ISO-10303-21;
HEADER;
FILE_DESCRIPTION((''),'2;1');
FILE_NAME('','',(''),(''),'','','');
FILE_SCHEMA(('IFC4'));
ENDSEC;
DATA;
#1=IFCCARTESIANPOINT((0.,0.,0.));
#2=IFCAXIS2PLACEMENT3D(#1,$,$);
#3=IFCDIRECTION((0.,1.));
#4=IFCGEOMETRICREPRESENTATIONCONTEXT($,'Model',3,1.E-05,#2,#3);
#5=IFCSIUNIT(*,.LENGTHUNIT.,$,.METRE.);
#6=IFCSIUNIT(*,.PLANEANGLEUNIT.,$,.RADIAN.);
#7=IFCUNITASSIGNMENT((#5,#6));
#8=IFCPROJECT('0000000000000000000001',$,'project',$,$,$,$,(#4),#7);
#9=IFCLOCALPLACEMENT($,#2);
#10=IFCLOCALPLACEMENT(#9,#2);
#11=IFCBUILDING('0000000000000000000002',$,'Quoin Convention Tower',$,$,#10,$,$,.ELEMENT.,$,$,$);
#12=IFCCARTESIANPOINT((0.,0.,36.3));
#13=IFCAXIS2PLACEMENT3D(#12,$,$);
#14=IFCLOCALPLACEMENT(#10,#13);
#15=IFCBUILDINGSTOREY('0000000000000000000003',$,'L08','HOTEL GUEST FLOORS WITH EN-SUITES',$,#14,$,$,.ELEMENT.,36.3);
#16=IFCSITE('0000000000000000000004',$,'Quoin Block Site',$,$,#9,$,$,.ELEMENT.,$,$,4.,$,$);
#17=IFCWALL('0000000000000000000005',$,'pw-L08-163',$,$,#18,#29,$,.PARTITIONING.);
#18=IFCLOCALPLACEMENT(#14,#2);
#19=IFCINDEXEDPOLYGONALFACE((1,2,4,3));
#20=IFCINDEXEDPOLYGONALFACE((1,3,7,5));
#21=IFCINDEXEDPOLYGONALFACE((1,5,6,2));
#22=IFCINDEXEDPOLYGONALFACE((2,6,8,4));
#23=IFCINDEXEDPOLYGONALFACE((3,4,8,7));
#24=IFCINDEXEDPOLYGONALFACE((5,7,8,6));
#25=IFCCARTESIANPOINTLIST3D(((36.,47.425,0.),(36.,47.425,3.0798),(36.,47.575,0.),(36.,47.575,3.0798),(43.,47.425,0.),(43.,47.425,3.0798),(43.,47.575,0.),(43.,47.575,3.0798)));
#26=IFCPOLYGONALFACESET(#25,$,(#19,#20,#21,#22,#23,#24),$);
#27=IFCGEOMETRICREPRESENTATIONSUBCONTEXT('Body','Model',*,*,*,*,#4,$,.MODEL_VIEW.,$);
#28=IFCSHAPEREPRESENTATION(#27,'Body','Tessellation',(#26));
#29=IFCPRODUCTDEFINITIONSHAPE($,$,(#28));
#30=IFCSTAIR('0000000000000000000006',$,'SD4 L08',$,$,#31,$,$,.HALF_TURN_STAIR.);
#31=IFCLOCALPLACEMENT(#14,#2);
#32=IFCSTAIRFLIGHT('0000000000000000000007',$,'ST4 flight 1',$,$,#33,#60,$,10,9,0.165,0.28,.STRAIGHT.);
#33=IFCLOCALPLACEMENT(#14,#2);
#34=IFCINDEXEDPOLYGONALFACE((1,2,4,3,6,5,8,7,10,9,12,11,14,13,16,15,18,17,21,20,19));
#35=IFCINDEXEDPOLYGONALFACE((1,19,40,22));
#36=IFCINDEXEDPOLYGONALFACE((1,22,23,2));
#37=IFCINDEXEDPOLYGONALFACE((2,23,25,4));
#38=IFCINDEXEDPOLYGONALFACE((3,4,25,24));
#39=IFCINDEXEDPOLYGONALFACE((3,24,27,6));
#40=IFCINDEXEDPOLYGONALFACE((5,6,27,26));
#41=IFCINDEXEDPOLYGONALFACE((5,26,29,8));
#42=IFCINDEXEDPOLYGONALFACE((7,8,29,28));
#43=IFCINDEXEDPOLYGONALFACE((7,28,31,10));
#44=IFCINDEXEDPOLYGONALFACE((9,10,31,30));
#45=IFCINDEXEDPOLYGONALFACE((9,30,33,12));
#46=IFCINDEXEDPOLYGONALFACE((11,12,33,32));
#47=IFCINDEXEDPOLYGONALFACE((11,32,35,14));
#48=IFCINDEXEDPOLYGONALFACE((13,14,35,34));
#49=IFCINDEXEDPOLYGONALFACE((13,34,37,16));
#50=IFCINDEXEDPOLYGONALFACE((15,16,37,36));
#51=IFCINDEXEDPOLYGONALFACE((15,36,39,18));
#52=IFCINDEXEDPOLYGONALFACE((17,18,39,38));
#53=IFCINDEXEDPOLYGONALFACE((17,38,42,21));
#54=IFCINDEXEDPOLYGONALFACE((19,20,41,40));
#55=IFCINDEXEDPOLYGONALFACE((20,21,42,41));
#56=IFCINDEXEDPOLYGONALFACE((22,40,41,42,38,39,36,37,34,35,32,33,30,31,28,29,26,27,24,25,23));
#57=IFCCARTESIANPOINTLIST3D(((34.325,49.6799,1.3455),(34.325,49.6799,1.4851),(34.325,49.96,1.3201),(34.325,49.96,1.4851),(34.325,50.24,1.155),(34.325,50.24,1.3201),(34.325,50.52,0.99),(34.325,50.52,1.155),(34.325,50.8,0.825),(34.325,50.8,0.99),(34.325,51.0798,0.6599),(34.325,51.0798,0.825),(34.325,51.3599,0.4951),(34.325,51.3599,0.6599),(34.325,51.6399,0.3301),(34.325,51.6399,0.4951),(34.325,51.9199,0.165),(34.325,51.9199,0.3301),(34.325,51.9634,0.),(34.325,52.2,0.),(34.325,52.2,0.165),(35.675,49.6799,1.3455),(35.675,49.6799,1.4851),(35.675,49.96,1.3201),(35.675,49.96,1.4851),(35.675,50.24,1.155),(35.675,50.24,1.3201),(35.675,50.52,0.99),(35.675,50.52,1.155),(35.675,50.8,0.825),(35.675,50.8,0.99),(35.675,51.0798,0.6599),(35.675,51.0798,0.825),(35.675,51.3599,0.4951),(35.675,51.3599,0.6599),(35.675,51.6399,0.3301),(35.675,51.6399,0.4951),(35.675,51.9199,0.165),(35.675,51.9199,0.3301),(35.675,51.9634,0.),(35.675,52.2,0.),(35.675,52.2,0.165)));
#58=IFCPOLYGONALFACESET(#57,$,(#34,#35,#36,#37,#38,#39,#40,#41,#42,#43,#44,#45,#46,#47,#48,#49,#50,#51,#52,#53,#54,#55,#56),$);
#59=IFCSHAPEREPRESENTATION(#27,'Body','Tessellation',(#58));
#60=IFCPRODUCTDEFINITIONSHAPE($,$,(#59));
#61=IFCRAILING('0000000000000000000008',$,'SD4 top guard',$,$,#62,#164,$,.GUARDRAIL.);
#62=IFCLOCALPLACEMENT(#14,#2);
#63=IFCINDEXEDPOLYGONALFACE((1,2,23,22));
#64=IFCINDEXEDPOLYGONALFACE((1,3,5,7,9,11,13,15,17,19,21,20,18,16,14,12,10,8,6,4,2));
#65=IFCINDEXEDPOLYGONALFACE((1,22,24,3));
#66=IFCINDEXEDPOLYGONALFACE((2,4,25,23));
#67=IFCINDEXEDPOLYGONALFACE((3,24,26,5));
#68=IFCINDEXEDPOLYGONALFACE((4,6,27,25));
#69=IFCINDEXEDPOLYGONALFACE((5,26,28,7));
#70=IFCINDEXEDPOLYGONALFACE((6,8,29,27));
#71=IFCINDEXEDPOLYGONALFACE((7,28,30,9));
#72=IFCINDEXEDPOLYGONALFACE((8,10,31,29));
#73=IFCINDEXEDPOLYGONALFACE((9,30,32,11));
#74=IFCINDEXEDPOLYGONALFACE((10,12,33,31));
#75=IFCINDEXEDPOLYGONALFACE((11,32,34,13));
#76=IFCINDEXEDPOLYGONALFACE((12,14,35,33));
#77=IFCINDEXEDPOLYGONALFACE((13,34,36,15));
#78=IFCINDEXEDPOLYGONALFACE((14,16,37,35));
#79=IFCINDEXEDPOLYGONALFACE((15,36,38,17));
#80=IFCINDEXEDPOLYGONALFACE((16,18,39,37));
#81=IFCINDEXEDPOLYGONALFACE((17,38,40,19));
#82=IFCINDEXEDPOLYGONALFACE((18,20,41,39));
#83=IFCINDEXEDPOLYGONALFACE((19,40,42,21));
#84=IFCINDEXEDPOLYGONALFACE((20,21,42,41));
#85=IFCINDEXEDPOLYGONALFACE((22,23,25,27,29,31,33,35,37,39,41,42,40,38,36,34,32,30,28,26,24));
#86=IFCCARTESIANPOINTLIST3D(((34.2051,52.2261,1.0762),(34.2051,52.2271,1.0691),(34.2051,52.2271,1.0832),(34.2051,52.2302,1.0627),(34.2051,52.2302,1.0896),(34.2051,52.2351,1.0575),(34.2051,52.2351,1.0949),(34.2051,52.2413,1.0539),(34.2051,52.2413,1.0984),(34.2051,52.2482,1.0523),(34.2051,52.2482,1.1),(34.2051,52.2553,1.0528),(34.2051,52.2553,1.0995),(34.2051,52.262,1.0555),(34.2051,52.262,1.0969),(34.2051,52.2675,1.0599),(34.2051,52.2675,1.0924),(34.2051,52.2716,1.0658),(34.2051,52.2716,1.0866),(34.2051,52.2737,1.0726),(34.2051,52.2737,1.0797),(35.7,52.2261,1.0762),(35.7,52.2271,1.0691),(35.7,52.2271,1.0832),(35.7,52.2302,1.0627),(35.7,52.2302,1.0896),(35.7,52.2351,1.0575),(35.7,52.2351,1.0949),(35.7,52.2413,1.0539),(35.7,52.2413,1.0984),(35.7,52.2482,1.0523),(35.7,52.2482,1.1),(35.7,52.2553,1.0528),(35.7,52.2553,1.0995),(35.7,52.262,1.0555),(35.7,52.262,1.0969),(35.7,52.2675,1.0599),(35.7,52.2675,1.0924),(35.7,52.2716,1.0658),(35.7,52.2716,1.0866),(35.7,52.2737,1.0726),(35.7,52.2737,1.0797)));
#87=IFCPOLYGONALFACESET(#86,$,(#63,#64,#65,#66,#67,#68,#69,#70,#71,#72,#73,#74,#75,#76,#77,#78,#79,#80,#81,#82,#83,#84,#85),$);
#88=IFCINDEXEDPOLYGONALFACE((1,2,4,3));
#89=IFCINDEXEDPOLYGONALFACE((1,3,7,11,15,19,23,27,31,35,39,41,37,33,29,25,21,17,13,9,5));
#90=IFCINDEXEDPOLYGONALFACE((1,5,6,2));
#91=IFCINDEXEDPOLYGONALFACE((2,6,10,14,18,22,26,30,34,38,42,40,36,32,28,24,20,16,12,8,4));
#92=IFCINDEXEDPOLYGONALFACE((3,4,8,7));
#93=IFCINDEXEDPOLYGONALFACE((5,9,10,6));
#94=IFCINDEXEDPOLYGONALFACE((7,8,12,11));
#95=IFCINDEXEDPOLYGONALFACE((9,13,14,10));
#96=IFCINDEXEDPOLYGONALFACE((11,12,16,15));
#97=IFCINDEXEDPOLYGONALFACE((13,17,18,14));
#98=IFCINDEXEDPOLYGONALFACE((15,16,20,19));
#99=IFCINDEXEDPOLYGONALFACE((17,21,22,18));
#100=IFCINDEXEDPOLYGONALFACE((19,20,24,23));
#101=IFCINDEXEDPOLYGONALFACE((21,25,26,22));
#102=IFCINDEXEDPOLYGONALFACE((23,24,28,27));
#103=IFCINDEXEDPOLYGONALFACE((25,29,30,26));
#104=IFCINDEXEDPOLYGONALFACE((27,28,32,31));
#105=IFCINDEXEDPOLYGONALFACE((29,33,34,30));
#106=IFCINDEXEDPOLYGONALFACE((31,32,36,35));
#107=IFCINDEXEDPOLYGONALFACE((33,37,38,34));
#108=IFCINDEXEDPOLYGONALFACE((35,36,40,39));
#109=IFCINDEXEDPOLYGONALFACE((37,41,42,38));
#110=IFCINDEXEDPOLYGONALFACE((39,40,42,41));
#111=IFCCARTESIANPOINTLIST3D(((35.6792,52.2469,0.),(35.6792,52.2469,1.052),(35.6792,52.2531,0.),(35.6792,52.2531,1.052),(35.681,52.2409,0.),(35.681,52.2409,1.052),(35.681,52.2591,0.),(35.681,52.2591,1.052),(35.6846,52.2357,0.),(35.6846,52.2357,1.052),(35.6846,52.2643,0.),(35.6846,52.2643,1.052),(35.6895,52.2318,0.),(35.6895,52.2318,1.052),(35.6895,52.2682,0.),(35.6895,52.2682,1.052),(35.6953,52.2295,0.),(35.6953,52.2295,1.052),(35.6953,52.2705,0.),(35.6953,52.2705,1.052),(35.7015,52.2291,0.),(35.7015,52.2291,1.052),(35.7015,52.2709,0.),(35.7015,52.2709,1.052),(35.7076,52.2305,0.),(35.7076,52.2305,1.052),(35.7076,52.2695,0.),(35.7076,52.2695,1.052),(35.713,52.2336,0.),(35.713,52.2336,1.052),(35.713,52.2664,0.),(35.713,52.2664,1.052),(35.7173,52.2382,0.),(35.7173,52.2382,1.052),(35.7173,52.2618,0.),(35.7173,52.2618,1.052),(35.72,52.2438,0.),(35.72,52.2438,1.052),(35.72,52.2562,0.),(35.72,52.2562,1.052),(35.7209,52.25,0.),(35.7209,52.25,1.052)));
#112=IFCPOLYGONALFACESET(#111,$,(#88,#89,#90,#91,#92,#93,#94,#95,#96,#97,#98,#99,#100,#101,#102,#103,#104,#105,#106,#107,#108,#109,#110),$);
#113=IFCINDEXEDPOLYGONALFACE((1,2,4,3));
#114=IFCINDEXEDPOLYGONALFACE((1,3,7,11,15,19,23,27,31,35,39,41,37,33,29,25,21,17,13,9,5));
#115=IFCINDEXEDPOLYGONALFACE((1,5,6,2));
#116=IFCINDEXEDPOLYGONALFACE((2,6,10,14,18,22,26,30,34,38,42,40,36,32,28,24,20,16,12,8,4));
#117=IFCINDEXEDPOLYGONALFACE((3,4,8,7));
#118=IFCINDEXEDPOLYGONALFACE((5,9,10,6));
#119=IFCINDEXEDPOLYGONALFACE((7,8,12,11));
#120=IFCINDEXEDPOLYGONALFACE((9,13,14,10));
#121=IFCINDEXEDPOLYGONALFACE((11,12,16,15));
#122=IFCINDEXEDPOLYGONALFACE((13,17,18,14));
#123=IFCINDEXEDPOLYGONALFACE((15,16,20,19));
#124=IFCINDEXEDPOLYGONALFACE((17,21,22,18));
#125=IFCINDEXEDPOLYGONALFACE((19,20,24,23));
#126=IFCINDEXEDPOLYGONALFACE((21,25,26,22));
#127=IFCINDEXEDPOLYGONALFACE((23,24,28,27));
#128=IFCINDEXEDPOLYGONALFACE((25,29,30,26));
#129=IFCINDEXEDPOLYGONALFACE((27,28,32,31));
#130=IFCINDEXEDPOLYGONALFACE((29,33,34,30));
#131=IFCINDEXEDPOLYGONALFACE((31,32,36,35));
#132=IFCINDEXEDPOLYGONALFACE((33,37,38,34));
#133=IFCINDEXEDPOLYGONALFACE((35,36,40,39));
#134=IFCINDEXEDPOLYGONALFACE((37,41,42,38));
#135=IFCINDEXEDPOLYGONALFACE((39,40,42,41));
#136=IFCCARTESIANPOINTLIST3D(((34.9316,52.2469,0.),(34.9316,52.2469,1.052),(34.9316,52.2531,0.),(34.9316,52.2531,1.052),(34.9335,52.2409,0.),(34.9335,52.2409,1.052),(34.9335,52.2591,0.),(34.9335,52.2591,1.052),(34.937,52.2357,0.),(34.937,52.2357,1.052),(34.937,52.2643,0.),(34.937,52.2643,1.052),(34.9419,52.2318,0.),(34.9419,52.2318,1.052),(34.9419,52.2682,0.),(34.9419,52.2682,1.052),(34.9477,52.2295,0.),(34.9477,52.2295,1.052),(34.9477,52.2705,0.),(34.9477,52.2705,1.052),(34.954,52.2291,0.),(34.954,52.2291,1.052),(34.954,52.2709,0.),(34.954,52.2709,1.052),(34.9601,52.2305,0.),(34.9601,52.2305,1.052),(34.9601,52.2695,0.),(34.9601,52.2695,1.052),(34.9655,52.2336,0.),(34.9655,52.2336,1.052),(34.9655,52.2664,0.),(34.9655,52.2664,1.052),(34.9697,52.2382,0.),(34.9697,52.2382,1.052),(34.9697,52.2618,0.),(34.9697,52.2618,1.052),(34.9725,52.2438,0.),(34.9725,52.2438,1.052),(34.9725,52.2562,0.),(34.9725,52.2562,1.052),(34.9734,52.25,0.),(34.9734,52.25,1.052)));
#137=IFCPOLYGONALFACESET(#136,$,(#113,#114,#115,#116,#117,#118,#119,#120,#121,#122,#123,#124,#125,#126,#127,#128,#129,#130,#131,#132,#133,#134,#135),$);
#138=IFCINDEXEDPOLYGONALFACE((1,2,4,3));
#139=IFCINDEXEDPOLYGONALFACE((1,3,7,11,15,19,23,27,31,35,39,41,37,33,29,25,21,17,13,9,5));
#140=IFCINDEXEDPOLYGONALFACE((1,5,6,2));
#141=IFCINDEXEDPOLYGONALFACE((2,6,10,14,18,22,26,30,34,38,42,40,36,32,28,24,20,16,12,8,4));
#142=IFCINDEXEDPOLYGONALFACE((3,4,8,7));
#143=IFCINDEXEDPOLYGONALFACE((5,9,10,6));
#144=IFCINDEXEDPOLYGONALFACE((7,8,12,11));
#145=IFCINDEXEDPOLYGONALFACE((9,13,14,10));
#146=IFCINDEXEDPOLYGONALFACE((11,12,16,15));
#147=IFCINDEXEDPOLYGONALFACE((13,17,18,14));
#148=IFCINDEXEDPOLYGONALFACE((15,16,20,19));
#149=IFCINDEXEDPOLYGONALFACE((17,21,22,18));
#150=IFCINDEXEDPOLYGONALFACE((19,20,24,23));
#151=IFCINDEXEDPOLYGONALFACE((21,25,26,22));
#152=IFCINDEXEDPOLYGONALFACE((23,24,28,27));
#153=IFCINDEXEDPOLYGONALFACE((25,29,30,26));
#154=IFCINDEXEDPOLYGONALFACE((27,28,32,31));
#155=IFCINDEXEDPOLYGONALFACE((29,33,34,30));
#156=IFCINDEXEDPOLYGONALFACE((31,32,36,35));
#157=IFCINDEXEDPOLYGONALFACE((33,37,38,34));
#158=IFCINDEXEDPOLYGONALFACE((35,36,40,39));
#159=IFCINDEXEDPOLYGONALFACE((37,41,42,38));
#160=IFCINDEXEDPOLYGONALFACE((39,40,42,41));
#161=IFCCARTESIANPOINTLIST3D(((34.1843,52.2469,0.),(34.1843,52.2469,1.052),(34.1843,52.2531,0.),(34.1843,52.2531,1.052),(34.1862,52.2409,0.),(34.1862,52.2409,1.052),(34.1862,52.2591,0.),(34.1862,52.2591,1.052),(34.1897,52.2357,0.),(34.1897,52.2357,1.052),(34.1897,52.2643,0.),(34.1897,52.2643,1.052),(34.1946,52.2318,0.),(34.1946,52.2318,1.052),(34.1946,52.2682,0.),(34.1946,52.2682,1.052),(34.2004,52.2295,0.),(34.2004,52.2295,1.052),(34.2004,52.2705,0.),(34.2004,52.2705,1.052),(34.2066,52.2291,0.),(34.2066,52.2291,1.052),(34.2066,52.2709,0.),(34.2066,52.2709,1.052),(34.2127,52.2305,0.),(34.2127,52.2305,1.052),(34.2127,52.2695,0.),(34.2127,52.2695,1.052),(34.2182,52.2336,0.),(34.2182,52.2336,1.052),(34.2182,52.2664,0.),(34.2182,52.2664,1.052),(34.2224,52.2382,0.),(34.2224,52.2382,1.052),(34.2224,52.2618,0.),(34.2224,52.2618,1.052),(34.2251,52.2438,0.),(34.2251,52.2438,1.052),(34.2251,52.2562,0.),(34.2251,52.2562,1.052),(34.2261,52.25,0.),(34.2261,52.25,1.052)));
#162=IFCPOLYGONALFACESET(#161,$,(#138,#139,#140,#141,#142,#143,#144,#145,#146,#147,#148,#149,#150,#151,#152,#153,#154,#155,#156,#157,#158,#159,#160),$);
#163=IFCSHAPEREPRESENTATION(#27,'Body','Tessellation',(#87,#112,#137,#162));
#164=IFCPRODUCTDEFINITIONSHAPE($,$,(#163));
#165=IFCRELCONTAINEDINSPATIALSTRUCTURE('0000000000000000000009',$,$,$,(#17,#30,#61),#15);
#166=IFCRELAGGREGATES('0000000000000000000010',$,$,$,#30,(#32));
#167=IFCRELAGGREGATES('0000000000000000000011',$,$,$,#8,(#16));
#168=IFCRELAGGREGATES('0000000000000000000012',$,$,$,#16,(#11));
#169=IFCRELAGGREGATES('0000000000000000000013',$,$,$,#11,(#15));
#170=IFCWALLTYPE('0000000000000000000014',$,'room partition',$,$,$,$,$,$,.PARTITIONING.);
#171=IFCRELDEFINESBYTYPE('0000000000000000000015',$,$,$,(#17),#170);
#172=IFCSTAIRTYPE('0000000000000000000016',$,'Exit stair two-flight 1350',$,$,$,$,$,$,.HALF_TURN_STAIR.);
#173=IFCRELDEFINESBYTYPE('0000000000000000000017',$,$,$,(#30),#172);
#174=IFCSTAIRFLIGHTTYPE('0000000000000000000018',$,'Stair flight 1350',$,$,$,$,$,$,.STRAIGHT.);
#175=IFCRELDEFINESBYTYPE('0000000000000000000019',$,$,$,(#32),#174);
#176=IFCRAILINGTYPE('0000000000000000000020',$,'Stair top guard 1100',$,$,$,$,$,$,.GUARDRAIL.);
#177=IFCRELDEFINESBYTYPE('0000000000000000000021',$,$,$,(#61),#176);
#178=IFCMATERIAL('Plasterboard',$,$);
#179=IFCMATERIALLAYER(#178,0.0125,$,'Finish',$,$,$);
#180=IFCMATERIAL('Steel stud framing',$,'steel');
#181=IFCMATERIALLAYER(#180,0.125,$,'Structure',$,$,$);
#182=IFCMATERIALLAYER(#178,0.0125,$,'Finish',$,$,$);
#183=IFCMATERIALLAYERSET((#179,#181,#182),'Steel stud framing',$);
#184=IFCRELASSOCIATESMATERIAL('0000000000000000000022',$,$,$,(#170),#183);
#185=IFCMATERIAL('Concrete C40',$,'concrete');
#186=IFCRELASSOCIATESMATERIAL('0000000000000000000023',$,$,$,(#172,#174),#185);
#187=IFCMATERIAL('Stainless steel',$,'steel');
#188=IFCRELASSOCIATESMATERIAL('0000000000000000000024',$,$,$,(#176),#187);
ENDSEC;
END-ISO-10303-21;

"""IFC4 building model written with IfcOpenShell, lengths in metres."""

from ifc_helpers import new_model, si_unit, direction, frame, frame_2d, origin, origin_2d, place, context, subcontext, project, spatial, polyline, rectangle, circle, outline, extrude, material, layer, layer_set, type_object, element, aggregate, save


model = new_model("IFC4")

# Units and contexts
model_context = context("Model", 3, precision=1e-05, world=origin(), true_north=direction((0.0, 1.0)))
body_context = subcontext(model_context, "Body", "Model", "MODEL_VIEW")
ifc_project = project(units=[si_unit("LENGTHUNIT", "METRE"), si_unit("PLANEANGLEUNIT", "RADIAN")], contexts=[model_context])

# Site, building, storey
site_placement = place(None, origin())
site = spatial("IfcSite", under=ifc_project, at=site_placement, Name="Quoin Block Site", CompositionType="ELEMENT", RefElevation=4.0)
building_placement = place(site_placement, origin())
building = spatial("IfcBuilding", under=site, at=building_placement, Name="Quoin Convention Tower", CompositionType="ELEMENT")
storey_placement = place(building_placement, frame((0.0, 0.0, 36.3)))
storey = spatial("IfcBuildingStorey", under=building, at=storey_placement, Name="L08", Description="HOTEL GUEST FLOORS WITH EN-SUITES", CompositionType="ELEMENT", Elevation=36.3)

# Shared definitions
ifc_material_1 = material(Name="Plasterboard")
ifc_material_2 = material(Name="Steel stud framing", Category="steel")

# Wall
ifc_layer_1 = layer(ifc_material_1, 0.0125, Name="Finish")
ifc_layer_2 = layer(ifc_material_2, 0.125, Name="Structure")
ifc_layer_3 = layer(ifc_material_1, 0.0125, Name="Finish")
ifc_layer_set_1 = layer_set([ifc_layer_1, ifc_layer_2, ifc_layer_3], Name="Steel stud framing")
wall_type_1 = type_object("IfcWallType", Name="room partition", PredefinedType="PARTITIONING", material=ifc_layer_set_1)
wall_1_placement = place(storey_placement, frame((36.0, 47.5, 0.0), z_axis=(0.0, 0.0, 1.0), x_axis=(1.0, 0.0, 0.0)))
element("IfcWall", 1, at=wall_1_placement, inside=storey, type_object=wall_type_1, Name="pw-L08-163", PredefinedType="PARTITIONING", context=body_context, shape_type="SweptSolid", body=[
    extrude(rectangle(XDim=7.0, YDim=0.1499, at=frame_2d((3.5, 0.0))), origin(), (0.0, 0.0, 1.0), 3.0798),
])

# Stair, stair flight
ifc_material_3 = material(Name="Concrete C40", Category="concrete")
stair_type = type_object("IfcStairType", Name="Exit stair two-flight 1350", PredefinedType="HALF_TURN_STAIR", material=ifc_material_3)
stair_placement = place(storey_placement, origin())
stair = element("IfcStair", 2, at=stair_placement, inside=storey, type_object=stair_type, Name="SD4 L08", PredefinedType="HALF_TURN_STAIR")
stair_flight_type = type_object("IfcStairFlightType", Name="Stair flight 1350", PredefinedType="STRAIGHT", material=ifc_material_3)
stair_flight_placement = place(storey_placement, frame((35.0, 52.2, 0.0), z_axis=(0.0, 0.0, 1.0), x_axis=(0.0, -1.0, 0.0)))
stair_flight = element("IfcStairFlight", 3, at=stair_flight_placement, type_object=stair_flight_type, Name="ST4 flight 1", NumberOfRisers=10, NumberOfTreads=9, PredefinedType="STRAIGHT", RiserHeight=0.165, TreadLength=0.28, context=body_context, shape_type="SweptSolid", body=[
    extrude(outline(polyline([(0.0, 0.0), (0.0, 0.165), (0.28, 0.165), (0.28, 0.3301), (0.5601, 0.3301), (0.5601, 0.4951), (0.8401, 0.4951), (0.8401, 0.6599), (1.1201, 0.6599), (1.1201, 0.825), (1.3999, 0.825), (1.3999, 0.99), (1.6799, 0.99), (1.6799, 1.155), (1.96, 1.155), (1.96, 1.3201), (2.24, 1.3201), (2.24, 1.4851), (2.52, 1.4851), (2.52, 1.6499), (2.52, 1.3455), (0.2366, 0.0), (0.0, 0.0)])), frame((0.0, 0.675, 0.0), z_axis=(0.0, -1.0, 0.0), x_axis=(1.0, 0.0, 0.0)), (0.0, 0.0, 1.0), 1.3501),
])
aggregate(stair, [stair_flight])

# Railing
ifc_material_4 = material(Name="Stainless steel", Category="steel")
railing_type = type_object("IfcRailingType", Name="Stair top guard 1100", PredefinedType="GUARDRAIL", material=ifc_material_4)
railing_placement = place(storey_placement, frame((35.7, 52.25, 0.0)))
element("IfcRailing", 4, at=railing_placement, inside=storey, type_object=railing_type, Name="SD4 top guard", PredefinedType="GUARDRAIL", context=body_context, shape_type="SweptSolid", body=[
    extrude(circle(Radius=0.0239, at=origin_2d()), frame((0.0, 0.0, 1.0762), z_axis=(-1.0, 0.0, 0.0), x_axis=(0.0, -1.0, 0.0)), (0.0, 0.0, 1.0), 1.4949),
    extrude(circle(Radius=0.021, at=origin_2d()), origin(), (0.0, 0.0, 1.0), 1.052),
    extrude(circle(Radius=0.021, at=origin_2d()), frame((-0.7476, 0.0, 0.0)), (0.0, 0.0, 1.0), 1.052),
    extrude(circle(Radius=0.021, at=origin_2d()), frame((-1.4949, 0.0, 0.0)), (0.0, 0.0, 1.0), 1.052),
])

save(model, "model.ifc")
